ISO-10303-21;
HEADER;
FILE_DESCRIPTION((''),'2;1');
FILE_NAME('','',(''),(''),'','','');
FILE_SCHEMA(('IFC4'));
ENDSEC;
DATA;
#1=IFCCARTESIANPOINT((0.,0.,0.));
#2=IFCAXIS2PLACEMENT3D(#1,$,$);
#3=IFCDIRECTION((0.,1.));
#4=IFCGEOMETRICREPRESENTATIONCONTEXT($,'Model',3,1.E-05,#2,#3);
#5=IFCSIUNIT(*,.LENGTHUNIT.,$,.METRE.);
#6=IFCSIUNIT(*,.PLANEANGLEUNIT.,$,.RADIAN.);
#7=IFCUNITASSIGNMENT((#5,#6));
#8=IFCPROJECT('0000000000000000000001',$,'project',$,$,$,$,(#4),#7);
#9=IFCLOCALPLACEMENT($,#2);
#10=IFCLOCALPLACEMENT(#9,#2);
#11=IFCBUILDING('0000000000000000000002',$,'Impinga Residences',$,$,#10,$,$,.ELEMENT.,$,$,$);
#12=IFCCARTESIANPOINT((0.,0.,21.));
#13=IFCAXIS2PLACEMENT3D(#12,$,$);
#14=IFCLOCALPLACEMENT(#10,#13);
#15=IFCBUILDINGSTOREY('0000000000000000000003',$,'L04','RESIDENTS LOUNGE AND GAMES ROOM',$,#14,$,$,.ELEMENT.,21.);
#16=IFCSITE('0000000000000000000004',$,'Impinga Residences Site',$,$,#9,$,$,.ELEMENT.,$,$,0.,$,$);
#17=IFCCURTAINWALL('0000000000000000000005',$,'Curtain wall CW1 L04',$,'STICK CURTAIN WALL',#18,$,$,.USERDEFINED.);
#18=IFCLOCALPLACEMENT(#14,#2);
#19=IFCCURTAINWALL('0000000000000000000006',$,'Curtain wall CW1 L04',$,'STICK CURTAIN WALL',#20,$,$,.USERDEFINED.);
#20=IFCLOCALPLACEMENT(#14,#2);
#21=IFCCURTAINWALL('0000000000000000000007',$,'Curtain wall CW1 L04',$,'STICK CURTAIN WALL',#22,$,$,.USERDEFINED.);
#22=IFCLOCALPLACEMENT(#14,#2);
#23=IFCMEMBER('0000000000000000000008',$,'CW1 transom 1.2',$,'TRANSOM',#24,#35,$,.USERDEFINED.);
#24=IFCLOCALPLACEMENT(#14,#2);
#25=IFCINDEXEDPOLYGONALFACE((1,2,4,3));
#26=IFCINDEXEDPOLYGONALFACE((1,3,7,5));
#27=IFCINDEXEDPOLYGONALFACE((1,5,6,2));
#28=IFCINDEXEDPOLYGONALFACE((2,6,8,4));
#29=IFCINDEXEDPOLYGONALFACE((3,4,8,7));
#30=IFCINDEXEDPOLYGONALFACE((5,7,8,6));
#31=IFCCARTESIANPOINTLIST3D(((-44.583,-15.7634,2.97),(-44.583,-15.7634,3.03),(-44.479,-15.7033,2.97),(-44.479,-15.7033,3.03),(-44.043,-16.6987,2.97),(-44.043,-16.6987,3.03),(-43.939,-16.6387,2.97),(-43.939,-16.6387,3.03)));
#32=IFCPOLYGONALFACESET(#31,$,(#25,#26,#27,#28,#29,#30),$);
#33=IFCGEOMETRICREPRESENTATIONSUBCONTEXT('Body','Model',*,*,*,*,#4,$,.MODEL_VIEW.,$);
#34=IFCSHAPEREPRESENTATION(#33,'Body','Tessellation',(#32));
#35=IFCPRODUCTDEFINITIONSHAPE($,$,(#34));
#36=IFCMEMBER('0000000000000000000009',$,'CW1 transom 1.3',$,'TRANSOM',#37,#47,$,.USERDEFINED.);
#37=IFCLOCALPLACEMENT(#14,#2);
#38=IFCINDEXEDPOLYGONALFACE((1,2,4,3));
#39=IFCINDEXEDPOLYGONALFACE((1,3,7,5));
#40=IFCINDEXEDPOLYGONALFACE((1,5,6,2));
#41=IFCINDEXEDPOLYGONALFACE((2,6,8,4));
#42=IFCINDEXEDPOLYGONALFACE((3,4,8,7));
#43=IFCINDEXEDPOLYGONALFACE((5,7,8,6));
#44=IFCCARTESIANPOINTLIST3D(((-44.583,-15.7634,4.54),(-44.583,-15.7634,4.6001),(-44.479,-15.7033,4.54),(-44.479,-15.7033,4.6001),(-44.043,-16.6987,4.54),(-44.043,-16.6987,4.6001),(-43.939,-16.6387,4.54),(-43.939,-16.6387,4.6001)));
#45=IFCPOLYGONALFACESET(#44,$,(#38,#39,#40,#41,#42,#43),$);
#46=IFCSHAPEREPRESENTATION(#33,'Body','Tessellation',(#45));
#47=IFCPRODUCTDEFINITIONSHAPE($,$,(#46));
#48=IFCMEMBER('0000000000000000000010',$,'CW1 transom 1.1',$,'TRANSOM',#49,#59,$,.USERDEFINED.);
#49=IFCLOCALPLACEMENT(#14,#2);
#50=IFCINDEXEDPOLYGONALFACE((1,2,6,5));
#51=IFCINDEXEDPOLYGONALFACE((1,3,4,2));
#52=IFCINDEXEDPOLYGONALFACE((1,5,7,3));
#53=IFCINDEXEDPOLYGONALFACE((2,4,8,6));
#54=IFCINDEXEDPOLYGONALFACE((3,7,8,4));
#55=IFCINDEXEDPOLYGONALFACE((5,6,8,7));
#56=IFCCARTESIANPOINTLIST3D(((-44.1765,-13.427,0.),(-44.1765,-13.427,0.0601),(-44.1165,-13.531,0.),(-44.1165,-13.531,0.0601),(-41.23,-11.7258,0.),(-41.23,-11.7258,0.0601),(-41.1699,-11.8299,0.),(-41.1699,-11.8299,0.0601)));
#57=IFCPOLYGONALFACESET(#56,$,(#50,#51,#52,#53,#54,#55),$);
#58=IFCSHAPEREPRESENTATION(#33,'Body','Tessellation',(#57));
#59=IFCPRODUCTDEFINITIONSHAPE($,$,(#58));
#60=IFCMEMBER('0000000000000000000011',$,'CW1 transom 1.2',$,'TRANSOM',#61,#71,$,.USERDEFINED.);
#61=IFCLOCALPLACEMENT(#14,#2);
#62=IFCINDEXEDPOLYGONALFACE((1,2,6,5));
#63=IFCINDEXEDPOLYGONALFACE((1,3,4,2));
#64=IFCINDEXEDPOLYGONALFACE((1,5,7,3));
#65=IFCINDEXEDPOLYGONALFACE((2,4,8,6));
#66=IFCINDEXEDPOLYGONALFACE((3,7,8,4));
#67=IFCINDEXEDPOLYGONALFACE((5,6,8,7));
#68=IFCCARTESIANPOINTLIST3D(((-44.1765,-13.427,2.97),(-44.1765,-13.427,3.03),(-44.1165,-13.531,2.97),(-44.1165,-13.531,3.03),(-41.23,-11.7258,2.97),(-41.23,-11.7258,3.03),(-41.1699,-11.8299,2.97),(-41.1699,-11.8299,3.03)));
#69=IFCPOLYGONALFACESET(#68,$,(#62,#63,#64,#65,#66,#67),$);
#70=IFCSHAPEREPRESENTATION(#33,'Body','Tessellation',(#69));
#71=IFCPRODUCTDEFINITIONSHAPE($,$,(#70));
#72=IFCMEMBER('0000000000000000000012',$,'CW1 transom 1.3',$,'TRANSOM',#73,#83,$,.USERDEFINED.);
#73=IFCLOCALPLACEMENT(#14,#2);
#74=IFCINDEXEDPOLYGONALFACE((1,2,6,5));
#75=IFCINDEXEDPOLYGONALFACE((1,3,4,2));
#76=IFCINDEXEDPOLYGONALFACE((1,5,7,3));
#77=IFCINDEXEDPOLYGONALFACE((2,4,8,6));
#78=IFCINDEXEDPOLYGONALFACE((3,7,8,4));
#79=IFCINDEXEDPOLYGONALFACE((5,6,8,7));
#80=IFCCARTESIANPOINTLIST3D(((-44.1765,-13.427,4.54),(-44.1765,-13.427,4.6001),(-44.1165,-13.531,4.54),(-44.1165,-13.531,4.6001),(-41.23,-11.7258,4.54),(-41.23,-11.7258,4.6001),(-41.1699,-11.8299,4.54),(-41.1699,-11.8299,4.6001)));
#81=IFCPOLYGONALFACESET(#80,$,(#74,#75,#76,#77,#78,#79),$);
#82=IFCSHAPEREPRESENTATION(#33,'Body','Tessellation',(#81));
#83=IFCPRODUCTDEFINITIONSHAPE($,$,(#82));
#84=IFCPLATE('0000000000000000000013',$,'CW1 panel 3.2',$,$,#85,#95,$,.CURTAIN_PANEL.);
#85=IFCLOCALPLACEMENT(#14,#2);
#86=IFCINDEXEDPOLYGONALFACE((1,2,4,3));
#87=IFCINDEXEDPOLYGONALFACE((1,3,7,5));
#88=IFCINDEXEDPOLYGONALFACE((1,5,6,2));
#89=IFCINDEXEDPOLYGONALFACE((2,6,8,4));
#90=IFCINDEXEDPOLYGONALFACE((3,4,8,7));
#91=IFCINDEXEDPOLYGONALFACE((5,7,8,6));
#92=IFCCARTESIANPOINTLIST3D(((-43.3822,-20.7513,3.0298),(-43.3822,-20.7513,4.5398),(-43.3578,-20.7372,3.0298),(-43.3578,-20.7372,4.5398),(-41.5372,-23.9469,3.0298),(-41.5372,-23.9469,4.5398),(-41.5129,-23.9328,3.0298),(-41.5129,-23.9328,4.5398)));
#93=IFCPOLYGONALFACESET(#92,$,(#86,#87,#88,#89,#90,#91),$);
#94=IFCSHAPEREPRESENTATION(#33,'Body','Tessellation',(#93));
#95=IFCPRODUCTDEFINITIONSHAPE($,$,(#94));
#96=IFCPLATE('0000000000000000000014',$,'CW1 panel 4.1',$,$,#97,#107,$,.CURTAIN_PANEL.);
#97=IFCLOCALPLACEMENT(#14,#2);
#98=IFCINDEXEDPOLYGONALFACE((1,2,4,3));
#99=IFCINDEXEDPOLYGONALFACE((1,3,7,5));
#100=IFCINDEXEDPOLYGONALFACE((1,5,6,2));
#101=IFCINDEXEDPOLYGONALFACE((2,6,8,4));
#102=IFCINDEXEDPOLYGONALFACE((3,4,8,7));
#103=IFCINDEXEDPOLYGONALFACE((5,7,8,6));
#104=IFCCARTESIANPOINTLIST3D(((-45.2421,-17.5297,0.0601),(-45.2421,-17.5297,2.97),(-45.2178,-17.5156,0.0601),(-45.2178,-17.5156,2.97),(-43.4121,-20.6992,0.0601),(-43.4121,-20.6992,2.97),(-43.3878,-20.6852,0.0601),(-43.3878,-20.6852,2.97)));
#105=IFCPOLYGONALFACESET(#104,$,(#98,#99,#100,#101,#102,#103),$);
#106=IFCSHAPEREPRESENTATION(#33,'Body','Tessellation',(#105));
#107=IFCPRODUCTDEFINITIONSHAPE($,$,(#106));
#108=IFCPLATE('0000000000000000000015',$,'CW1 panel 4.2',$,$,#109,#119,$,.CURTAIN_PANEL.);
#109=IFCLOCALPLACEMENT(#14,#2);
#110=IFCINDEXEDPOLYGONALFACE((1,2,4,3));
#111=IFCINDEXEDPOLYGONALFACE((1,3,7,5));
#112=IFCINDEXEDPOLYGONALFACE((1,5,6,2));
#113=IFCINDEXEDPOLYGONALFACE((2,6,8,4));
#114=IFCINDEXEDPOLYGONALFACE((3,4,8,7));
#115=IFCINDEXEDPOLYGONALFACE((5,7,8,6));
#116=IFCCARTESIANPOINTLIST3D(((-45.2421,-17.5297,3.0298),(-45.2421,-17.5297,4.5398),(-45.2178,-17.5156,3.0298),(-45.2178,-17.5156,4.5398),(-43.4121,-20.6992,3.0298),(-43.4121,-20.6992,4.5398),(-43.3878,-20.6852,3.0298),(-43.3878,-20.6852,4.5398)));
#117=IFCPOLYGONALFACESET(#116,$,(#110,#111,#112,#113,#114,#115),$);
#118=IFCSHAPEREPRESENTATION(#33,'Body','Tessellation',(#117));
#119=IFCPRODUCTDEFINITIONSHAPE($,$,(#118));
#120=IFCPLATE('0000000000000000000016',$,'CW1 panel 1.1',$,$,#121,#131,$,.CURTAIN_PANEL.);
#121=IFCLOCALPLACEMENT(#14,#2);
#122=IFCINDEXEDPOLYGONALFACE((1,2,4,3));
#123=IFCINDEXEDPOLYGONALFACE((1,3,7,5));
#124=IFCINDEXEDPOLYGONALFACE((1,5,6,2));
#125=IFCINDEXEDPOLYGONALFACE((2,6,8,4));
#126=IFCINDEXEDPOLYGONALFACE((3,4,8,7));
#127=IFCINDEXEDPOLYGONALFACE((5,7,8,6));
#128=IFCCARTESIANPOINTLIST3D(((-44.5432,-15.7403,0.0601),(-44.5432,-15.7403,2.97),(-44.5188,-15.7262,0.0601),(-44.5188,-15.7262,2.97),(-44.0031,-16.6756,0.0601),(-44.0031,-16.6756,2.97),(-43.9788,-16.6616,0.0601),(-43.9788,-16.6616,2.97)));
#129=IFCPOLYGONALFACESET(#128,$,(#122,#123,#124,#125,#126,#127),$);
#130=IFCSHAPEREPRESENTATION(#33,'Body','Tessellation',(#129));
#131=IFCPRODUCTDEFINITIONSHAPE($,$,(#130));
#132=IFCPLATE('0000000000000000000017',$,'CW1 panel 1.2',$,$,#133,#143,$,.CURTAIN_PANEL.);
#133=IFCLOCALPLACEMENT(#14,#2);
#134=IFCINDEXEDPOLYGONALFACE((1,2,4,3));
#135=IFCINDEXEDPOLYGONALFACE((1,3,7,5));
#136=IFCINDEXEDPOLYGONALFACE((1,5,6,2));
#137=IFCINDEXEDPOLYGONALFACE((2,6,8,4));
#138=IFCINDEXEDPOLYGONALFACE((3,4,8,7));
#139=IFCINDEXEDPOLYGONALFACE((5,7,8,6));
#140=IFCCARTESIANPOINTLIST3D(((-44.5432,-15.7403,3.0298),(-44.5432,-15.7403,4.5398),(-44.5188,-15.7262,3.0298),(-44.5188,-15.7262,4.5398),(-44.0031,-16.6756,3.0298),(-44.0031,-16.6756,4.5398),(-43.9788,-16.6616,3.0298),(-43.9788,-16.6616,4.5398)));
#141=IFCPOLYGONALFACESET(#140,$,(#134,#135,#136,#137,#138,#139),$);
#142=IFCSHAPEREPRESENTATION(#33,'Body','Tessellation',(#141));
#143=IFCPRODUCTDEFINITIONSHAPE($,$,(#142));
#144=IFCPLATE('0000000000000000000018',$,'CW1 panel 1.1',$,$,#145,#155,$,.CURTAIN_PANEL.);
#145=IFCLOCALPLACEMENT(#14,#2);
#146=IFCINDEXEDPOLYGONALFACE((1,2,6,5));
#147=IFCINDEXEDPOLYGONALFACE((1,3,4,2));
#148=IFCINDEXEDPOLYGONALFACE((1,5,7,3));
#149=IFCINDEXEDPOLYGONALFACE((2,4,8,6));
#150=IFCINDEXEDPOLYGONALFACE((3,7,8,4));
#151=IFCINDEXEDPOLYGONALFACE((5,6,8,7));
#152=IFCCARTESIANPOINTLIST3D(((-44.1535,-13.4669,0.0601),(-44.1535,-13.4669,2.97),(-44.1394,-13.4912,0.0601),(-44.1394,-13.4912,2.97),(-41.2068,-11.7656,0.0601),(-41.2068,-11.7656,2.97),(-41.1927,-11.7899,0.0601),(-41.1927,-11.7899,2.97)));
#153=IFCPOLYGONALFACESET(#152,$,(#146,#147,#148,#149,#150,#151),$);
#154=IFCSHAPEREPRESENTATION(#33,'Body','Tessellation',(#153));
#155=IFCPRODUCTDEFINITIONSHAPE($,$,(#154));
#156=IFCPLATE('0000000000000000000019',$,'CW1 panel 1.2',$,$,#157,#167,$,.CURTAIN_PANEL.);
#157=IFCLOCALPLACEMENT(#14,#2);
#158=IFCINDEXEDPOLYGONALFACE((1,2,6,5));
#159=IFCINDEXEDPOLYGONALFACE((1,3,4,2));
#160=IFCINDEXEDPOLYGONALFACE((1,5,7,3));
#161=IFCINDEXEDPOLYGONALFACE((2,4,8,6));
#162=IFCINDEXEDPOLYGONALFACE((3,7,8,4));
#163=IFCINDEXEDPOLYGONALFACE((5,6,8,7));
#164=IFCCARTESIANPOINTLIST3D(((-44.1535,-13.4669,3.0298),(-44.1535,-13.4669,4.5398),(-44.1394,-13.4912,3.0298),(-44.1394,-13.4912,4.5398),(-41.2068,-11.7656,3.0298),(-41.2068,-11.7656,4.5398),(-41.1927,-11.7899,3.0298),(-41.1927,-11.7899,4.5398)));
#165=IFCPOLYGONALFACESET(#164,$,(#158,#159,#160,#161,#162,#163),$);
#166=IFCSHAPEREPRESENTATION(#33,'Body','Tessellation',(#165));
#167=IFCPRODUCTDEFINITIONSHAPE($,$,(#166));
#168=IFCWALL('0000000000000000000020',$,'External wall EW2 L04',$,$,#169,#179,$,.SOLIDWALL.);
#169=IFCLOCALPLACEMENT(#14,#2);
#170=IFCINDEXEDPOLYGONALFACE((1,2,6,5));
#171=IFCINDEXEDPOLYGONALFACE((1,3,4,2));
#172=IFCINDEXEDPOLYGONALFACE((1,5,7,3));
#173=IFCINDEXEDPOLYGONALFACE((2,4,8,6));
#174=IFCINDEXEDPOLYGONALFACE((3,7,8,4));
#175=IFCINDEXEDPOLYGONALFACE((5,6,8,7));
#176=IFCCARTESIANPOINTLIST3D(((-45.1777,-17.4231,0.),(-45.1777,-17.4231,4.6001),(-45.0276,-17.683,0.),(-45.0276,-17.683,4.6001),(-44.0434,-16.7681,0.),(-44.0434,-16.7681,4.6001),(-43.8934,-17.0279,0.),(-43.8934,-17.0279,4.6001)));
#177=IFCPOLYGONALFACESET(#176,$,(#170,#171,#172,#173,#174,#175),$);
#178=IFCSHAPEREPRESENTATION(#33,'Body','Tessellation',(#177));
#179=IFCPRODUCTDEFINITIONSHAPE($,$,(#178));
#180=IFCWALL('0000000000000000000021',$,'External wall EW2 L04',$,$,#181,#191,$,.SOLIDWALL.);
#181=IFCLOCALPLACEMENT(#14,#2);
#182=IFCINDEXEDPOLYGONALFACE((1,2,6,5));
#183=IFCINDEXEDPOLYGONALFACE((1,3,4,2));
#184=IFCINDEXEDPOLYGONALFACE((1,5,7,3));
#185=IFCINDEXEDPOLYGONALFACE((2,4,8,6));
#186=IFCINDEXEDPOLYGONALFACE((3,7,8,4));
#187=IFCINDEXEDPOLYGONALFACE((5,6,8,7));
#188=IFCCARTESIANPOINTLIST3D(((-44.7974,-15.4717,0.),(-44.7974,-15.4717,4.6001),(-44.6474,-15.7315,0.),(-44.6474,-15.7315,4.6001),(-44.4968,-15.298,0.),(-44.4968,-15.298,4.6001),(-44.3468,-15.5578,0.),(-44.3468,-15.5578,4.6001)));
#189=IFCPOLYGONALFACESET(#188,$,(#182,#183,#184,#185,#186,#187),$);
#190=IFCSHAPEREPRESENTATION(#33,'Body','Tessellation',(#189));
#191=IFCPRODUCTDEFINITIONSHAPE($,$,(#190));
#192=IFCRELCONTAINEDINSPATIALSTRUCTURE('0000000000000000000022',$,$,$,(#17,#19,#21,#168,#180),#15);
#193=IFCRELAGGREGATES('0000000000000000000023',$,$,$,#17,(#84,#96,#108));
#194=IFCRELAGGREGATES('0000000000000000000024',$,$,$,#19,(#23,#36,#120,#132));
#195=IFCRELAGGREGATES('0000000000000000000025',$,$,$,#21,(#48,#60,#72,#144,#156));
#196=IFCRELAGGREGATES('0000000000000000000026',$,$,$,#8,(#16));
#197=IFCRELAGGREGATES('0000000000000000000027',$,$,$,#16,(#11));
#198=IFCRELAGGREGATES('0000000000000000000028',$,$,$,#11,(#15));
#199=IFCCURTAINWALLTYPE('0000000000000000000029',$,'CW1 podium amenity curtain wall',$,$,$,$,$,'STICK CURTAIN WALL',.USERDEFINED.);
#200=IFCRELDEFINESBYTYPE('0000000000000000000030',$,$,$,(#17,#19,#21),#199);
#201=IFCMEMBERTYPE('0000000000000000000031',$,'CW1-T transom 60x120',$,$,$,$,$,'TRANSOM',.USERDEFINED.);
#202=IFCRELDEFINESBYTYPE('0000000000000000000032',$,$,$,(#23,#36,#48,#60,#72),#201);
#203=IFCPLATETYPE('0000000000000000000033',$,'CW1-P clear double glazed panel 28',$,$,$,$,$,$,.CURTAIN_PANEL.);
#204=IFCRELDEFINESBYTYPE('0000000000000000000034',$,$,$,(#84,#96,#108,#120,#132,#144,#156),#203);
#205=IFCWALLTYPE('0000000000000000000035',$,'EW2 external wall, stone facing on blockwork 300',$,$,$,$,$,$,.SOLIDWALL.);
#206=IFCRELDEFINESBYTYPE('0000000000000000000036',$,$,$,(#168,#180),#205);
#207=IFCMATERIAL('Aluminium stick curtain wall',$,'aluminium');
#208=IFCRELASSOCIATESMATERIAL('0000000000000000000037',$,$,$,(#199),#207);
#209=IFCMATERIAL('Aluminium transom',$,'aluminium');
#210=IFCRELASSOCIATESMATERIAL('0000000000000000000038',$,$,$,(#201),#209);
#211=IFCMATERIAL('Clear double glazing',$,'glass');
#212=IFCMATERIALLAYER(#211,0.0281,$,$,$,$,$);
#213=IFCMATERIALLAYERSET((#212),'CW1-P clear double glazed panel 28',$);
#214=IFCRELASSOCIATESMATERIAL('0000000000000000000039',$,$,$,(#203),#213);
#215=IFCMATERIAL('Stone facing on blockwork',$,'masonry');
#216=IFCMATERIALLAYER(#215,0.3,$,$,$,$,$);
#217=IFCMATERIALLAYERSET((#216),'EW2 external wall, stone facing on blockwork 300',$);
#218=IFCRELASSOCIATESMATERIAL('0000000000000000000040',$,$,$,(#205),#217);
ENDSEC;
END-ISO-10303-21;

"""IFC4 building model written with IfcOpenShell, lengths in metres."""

from ifc_helpers import new_model, si_unit, direction, frame, frame_2d, origin, origin_2d, place, context, subcontext, project, spatial, rectangle, extrude, material, layer, layer_set, material_profile, profile_set, type_object, element, aggregate, save


model = new_model("IFC4")

# Units and contexts
model_context = context("Model", 3, precision=1e-05, world=origin(), true_north=direction((0.0, 1.0)))
body_context = subcontext(model_context, "Body", "Model", "MODEL_VIEW")
ifc_project = project(units=[si_unit("LENGTHUNIT", "METRE"), si_unit("PLANEANGLEUNIT", "RADIAN")], contexts=[model_context])

# Site, building, storey
site_placement = place(None, origin())
site = spatial("IfcSite", under=ifc_project, at=site_placement, Name="Impinga Residences Site", CompositionType="ELEMENT", RefElevation=0.0)
building_placement = place(site_placement, origin())
building = spatial("IfcBuilding", under=site, at=building_placement, Name="Impinga Residences", CompositionType="ELEMENT")
storey_placement = place(building_placement, frame((0.0, 0.0, 21.0)))
storey = spatial("IfcBuildingStorey", under=building, at=storey_placement, Name="L04", Description="RESIDENTS LOUNGE AND GAMES ROOM", CompositionType="ELEMENT", Elevation=21.0)

# Curtain walls
ifc_material_1 = material(Name="Aluminium stick curtain wall", Category="aluminium")
curtain_wall_type = type_object("IfcCurtainWallType", Name="CW1 podium amenity curtain wall", ElementType="STICK CURTAIN WALL", PredefinedType="USERDEFINED", material=ifc_material_1)
curtain_wall_1_placement = place(storey_placement, origin())
curtain_wall_1 = element("IfcCurtainWall", 1, at=curtain_wall_1_placement, inside=storey, type_object=curtain_wall_type, Name="Curtain wall CW1 L04", ObjectType="STICK CURTAIN WALL", PredefinedType="USERDEFINED")
curtain_wall_2_placement = place(storey_placement, origin())
curtain_wall_2 = element("IfcCurtainWall", 2, at=curtain_wall_2_placement, inside=storey, type_object=curtain_wall_type, Name="Curtain wall CW1 L04", ObjectType="STICK CURTAIN WALL", PredefinedType="USERDEFINED")
curtain_wall_3_placement = place(storey_placement, origin())
curtain_wall_3 = element("IfcCurtainWall", 3, at=curtain_wall_3_placement, inside=storey, type_object=curtain_wall_type, Name="Curtain wall CW1 L04", ObjectType="STICK CURTAIN WALL", PredefinedType="USERDEFINED")

# Members
ifc_material_2 = material(Name="Aluminium transom", Category="aluminium")
ifc_material_profile_1 = material_profile(ifc_material_2, rectangle(XDim=0.0601, YDim=0.1201, at=origin_2d()), Name="60x120 transom")
ifc_profile_set_1 = profile_set([ifc_material_profile_1], Name="Aluminium transom")
member_type_1 = type_object("IfcMemberType", Name="CW1-T transom 60x120", ElementType="TRANSOM", PredefinedType="USERDEFINED", material=ifc_profile_set_1)
member_1_placement = place(storey_placement, frame((-43.991, -16.6687, 3.0), z_axis=(-0.500029, 0.866009, 0.0), x_axis=(0.0, 0.0, 1.0)))
member_1 = element("IfcMember", 4, at=member_1_placement, type_object=member_type_1, Name="CW1 transom 1.2", ObjectType="TRANSOM", PredefinedType="USERDEFINED", context=body_context, shape_type="SweptSolid", body=[
    extrude(rectangle(XDim=0.0601, YDim=0.1201, at=origin_2d()), origin(), (0.0, 0.0, 1.0), 1.0801),
])
member_2_placement = place(storey_placement, frame((-43.991, -16.6687, 4.5701), z_axis=(-0.500029, 0.866009, 0.0), x_axis=(0.0, 0.0, 1.0)))
member_2 = element("IfcMember", 5, at=member_2_placement, type_object=member_type_1, Name="CW1 transom 1.3", ObjectType="TRANSOM", PredefinedType="USERDEFINED", context=body_context, shape_type="SweptSolid", body=[
    extrude(rectangle(XDim=0.0601, YDim=0.1201, at=origin_2d()), origin(), (0.0, 0.0, 1.0), 1.0801),
])
member_3_placement = place(storey_placement, frame((-44.1465, -13.479, 0.03), z_axis=(0.866027, 0.499998, 0.0), x_axis=(0.0, 0.0, 1.0)))
member_3 = element("IfcMember", 6, at=member_3_placement, type_object=member_type_1, Name="CW1 transom 1.1", ObjectType="TRANSOM", PredefinedType="USERDEFINED", context=body_context, shape_type="SweptSolid", body=[
    extrude(rectangle(XDim=0.0601, YDim=0.1201, at=origin_2d()), origin(), (0.0, 0.0, 1.0), 3.4023),
])
member_4_placement = place(storey_placement, frame((-44.1465, -13.479, 3.0), z_axis=(0.866027, 0.499998, 0.0), x_axis=(0.0, 0.0, 1.0)))
member_4 = element("IfcMember", 7, at=member_4_placement, type_object=member_type_1, Name="CW1 transom 1.2", ObjectType="TRANSOM", PredefinedType="USERDEFINED", context=body_context, shape_type="SweptSolid", body=[
    extrude(rectangle(XDim=0.0601, YDim=0.1201, at=origin_2d()), origin(), (0.0, 0.0, 1.0), 3.4023),
])
member_5_placement = place(storey_placement, frame((-44.1465, -13.479, 4.5701), z_axis=(0.866027, 0.499998, 0.0), x_axis=(0.0, 0.0, 1.0)))
member_5 = element("IfcMember", 8, at=member_5_placement, type_object=member_type_1, Name="CW1 transom 1.3", ObjectType="TRANSOM", PredefinedType="USERDEFINED", context=body_context, shape_type="SweptSolid", body=[
    extrude(rectangle(XDim=0.0601, YDim=0.1201, at=origin_2d()), origin(), (0.0, 0.0, 1.0), 3.4023),
])

# Plates
ifc_material_3 = material(Name="Clear double glazing", Category="glass")
ifc_layer_1 = layer(ifc_material_3, 0.0281)
ifc_layer_set_1 = layer_set([ifc_layer_1], Name="CW1-P clear double glazed panel 28")
plate_type = type_object("IfcPlateType", Name="CW1-P clear double glazed panel 28", PredefinedType="CURTAIN_PANEL", material=ifc_layer_set_1)
plate_1_placement = place(storey_placement, frame((-42.4475, -22.342, 3.0298), z_axis=(0.0, 0.0, 1.0), x_axis=(-0.5, 0.866025, 0.0)))
plate_1 = element("IfcPlate", 9, at=plate_1_placement, type_object=plate_type, Name="CW1 panel 3.2", PredefinedType="CURTAIN_PANEL", context=body_context, shape_type="SweptSolid", body=[
    extrude(rectangle(XDim=3.6899, YDim=0.0281, at=origin_2d()), origin(), (0.0, 0.0, 1.0), 1.51),
])
plate_2_placement = place(storey_placement, frame((-44.3149, -19.1074, 0.0601), z_axis=(0.0, 0.0, 1.0), x_axis=(-0.5, 0.866025, 0.0)))
plate_2 = element("IfcPlate", 10, at=plate_2_placement, type_object=plate_type, Name="CW1 panel 4.1", PredefinedType="CURTAIN_PANEL", context=body_context, shape_type="SweptSolid", body=[
    extrude(rectangle(XDim=3.6599, YDim=0.0281, at=origin_2d()), origin(), (0.0, 0.0, 1.0), 2.9099),
])
plate_3_placement = place(storey_placement, frame((-44.3149, -19.1074, 3.0298), z_axis=(0.0, 0.0, 1.0), x_axis=(-0.5, 0.866025, 0.0)))
plate_3 = element("IfcPlate", 11, at=plate_3_placement, type_object=plate_type, Name="CW1 panel 4.2", PredefinedType="CURTAIN_PANEL", context=body_context, shape_type="SweptSolid", body=[
    extrude(rectangle(XDim=3.6599, YDim=0.0281, at=origin_2d()), origin(), (0.0, 0.0, 1.0), 1.51),
])
aggregate(curtain_wall_1, [plate_1, plate_2, plate_3])
plate_4_placement = place(storey_placement, frame((-44.261, -16.2009, 0.0601), z_axis=(0.0, 0.0, 1.0), x_axis=(-0.5, 0.866025, 0.0)))
plate_4 = element("IfcPlate", 12, at=plate_4_placement, type_object=plate_type, Name="CW1 panel 1.1", PredefinedType="CURTAIN_PANEL", context=body_context, shape_type="SweptSolid", body=[
    extrude(rectangle(XDim=1.0801, YDim=0.0281, at=origin_2d()), origin(), (0.0, 0.0, 1.0), 2.9099),
])
plate_5_placement = place(storey_placement, frame((-44.261, -16.2009, 3.0298), z_axis=(0.0, 0.0, 1.0), x_axis=(-0.5, 0.866025, 0.0)))
plate_5 = element("IfcPlate", 13, at=plate_5_placement, type_object=plate_type, Name="CW1 panel 1.2", PredefinedType="CURTAIN_PANEL", context=body_context, shape_type="SweptSolid", body=[
    extrude(rectangle(XDim=1.0801, YDim=0.0281, at=origin_2d()), origin(), (0.0, 0.0, 1.0), 1.51),
])
aggregate(curtain_wall_2, [member_1, member_2, plate_4, plate_5])
plate_6_placement = place(storey_placement, frame((-42.6731, -12.6284, 0.0601), z_axis=(0.0, 0.0, 1.0), x_axis=(0.866026, 0.5, 0.0)))
plate_6 = element("IfcPlate", 14, at=plate_6_placement, type_object=plate_type, Name="CW1 panel 1.1", PredefinedType="CURTAIN_PANEL", context=body_context, shape_type="SweptSolid", body=[
    extrude(rectangle(XDim=3.4026, YDim=0.0281, at=origin_2d()), origin(), (0.0, 0.0, 1.0), 2.9099),
])
plate_7_placement = place(storey_placement, frame((-42.6731, -12.6284, 3.0298), z_axis=(0.0, 0.0, 1.0), x_axis=(0.866026, 0.5, 0.0)))
plate_7 = element("IfcPlate", 15, at=plate_7_placement, type_object=plate_type, Name="CW1 panel 1.2", PredefinedType="CURTAIN_PANEL", context=body_context, shape_type="SweptSolid", body=[
    extrude(rectangle(XDim=3.4026, YDim=0.0281, at=origin_2d()), origin(), (0.0, 0.0, 1.0), 1.51),
])
aggregate(curtain_wall_3, [member_3, member_4, member_5, plate_6, plate_7])

# Walls
ifc_material_4 = material(Name="Stone facing on blockwork", Category="masonry")
ifc_layer_2 = layer(ifc_material_4, 0.3)
ifc_layer_set_2 = layer_set([ifc_layer_2], Name="EW2 external wall, stone facing on blockwork 300")
wall_type = type_object("IfcWallType", Name="EW2 external wall, stone facing on blockwork 300", PredefinedType="SOLIDWALL", material=ifc_layer_set_2)
wall_1_placement = place(storey_placement, frame((-45.1025, -17.553, 0.0), z_axis=(0.0, 0.0, 1.0), x_axis=(0.865974, 0.500088, 0.0)))
element("IfcWall", 16, at=wall_1_placement, inside=storey, type_object=wall_type, Name="External wall EW2 L04", PredefinedType="SOLIDWALL", context=body_context, shape_type="SweptSolid", body=[
    extrude(rectangle(XDim=1.3098, YDim=0.3, at=frame_2d((0.6548, 0.0))), origin(), (0.0, 0.0, 1.0), 4.6001),
])
wall_2_placement = place(storey_placement, frame((-44.7224, -15.6016, 0.0), z_axis=(0.0, 0.0, 1.0), x_axis=(0.86594, 0.500149, 0.0)))
element("IfcWall", 17, at=wall_2_placement, inside=storey, type_object=wall_type, Name="External wall EW2 L04", PredefinedType="SOLIDWALL", context=body_context, shape_type="SweptSolid", body=[
    extrude(rectangle(XDim=0.3472, YDim=0.3, at=frame_2d((0.1736, 0.0))), origin(), (0.0, 0.0, 1.0), 4.6001),
])

save(model, "model.ifc")
